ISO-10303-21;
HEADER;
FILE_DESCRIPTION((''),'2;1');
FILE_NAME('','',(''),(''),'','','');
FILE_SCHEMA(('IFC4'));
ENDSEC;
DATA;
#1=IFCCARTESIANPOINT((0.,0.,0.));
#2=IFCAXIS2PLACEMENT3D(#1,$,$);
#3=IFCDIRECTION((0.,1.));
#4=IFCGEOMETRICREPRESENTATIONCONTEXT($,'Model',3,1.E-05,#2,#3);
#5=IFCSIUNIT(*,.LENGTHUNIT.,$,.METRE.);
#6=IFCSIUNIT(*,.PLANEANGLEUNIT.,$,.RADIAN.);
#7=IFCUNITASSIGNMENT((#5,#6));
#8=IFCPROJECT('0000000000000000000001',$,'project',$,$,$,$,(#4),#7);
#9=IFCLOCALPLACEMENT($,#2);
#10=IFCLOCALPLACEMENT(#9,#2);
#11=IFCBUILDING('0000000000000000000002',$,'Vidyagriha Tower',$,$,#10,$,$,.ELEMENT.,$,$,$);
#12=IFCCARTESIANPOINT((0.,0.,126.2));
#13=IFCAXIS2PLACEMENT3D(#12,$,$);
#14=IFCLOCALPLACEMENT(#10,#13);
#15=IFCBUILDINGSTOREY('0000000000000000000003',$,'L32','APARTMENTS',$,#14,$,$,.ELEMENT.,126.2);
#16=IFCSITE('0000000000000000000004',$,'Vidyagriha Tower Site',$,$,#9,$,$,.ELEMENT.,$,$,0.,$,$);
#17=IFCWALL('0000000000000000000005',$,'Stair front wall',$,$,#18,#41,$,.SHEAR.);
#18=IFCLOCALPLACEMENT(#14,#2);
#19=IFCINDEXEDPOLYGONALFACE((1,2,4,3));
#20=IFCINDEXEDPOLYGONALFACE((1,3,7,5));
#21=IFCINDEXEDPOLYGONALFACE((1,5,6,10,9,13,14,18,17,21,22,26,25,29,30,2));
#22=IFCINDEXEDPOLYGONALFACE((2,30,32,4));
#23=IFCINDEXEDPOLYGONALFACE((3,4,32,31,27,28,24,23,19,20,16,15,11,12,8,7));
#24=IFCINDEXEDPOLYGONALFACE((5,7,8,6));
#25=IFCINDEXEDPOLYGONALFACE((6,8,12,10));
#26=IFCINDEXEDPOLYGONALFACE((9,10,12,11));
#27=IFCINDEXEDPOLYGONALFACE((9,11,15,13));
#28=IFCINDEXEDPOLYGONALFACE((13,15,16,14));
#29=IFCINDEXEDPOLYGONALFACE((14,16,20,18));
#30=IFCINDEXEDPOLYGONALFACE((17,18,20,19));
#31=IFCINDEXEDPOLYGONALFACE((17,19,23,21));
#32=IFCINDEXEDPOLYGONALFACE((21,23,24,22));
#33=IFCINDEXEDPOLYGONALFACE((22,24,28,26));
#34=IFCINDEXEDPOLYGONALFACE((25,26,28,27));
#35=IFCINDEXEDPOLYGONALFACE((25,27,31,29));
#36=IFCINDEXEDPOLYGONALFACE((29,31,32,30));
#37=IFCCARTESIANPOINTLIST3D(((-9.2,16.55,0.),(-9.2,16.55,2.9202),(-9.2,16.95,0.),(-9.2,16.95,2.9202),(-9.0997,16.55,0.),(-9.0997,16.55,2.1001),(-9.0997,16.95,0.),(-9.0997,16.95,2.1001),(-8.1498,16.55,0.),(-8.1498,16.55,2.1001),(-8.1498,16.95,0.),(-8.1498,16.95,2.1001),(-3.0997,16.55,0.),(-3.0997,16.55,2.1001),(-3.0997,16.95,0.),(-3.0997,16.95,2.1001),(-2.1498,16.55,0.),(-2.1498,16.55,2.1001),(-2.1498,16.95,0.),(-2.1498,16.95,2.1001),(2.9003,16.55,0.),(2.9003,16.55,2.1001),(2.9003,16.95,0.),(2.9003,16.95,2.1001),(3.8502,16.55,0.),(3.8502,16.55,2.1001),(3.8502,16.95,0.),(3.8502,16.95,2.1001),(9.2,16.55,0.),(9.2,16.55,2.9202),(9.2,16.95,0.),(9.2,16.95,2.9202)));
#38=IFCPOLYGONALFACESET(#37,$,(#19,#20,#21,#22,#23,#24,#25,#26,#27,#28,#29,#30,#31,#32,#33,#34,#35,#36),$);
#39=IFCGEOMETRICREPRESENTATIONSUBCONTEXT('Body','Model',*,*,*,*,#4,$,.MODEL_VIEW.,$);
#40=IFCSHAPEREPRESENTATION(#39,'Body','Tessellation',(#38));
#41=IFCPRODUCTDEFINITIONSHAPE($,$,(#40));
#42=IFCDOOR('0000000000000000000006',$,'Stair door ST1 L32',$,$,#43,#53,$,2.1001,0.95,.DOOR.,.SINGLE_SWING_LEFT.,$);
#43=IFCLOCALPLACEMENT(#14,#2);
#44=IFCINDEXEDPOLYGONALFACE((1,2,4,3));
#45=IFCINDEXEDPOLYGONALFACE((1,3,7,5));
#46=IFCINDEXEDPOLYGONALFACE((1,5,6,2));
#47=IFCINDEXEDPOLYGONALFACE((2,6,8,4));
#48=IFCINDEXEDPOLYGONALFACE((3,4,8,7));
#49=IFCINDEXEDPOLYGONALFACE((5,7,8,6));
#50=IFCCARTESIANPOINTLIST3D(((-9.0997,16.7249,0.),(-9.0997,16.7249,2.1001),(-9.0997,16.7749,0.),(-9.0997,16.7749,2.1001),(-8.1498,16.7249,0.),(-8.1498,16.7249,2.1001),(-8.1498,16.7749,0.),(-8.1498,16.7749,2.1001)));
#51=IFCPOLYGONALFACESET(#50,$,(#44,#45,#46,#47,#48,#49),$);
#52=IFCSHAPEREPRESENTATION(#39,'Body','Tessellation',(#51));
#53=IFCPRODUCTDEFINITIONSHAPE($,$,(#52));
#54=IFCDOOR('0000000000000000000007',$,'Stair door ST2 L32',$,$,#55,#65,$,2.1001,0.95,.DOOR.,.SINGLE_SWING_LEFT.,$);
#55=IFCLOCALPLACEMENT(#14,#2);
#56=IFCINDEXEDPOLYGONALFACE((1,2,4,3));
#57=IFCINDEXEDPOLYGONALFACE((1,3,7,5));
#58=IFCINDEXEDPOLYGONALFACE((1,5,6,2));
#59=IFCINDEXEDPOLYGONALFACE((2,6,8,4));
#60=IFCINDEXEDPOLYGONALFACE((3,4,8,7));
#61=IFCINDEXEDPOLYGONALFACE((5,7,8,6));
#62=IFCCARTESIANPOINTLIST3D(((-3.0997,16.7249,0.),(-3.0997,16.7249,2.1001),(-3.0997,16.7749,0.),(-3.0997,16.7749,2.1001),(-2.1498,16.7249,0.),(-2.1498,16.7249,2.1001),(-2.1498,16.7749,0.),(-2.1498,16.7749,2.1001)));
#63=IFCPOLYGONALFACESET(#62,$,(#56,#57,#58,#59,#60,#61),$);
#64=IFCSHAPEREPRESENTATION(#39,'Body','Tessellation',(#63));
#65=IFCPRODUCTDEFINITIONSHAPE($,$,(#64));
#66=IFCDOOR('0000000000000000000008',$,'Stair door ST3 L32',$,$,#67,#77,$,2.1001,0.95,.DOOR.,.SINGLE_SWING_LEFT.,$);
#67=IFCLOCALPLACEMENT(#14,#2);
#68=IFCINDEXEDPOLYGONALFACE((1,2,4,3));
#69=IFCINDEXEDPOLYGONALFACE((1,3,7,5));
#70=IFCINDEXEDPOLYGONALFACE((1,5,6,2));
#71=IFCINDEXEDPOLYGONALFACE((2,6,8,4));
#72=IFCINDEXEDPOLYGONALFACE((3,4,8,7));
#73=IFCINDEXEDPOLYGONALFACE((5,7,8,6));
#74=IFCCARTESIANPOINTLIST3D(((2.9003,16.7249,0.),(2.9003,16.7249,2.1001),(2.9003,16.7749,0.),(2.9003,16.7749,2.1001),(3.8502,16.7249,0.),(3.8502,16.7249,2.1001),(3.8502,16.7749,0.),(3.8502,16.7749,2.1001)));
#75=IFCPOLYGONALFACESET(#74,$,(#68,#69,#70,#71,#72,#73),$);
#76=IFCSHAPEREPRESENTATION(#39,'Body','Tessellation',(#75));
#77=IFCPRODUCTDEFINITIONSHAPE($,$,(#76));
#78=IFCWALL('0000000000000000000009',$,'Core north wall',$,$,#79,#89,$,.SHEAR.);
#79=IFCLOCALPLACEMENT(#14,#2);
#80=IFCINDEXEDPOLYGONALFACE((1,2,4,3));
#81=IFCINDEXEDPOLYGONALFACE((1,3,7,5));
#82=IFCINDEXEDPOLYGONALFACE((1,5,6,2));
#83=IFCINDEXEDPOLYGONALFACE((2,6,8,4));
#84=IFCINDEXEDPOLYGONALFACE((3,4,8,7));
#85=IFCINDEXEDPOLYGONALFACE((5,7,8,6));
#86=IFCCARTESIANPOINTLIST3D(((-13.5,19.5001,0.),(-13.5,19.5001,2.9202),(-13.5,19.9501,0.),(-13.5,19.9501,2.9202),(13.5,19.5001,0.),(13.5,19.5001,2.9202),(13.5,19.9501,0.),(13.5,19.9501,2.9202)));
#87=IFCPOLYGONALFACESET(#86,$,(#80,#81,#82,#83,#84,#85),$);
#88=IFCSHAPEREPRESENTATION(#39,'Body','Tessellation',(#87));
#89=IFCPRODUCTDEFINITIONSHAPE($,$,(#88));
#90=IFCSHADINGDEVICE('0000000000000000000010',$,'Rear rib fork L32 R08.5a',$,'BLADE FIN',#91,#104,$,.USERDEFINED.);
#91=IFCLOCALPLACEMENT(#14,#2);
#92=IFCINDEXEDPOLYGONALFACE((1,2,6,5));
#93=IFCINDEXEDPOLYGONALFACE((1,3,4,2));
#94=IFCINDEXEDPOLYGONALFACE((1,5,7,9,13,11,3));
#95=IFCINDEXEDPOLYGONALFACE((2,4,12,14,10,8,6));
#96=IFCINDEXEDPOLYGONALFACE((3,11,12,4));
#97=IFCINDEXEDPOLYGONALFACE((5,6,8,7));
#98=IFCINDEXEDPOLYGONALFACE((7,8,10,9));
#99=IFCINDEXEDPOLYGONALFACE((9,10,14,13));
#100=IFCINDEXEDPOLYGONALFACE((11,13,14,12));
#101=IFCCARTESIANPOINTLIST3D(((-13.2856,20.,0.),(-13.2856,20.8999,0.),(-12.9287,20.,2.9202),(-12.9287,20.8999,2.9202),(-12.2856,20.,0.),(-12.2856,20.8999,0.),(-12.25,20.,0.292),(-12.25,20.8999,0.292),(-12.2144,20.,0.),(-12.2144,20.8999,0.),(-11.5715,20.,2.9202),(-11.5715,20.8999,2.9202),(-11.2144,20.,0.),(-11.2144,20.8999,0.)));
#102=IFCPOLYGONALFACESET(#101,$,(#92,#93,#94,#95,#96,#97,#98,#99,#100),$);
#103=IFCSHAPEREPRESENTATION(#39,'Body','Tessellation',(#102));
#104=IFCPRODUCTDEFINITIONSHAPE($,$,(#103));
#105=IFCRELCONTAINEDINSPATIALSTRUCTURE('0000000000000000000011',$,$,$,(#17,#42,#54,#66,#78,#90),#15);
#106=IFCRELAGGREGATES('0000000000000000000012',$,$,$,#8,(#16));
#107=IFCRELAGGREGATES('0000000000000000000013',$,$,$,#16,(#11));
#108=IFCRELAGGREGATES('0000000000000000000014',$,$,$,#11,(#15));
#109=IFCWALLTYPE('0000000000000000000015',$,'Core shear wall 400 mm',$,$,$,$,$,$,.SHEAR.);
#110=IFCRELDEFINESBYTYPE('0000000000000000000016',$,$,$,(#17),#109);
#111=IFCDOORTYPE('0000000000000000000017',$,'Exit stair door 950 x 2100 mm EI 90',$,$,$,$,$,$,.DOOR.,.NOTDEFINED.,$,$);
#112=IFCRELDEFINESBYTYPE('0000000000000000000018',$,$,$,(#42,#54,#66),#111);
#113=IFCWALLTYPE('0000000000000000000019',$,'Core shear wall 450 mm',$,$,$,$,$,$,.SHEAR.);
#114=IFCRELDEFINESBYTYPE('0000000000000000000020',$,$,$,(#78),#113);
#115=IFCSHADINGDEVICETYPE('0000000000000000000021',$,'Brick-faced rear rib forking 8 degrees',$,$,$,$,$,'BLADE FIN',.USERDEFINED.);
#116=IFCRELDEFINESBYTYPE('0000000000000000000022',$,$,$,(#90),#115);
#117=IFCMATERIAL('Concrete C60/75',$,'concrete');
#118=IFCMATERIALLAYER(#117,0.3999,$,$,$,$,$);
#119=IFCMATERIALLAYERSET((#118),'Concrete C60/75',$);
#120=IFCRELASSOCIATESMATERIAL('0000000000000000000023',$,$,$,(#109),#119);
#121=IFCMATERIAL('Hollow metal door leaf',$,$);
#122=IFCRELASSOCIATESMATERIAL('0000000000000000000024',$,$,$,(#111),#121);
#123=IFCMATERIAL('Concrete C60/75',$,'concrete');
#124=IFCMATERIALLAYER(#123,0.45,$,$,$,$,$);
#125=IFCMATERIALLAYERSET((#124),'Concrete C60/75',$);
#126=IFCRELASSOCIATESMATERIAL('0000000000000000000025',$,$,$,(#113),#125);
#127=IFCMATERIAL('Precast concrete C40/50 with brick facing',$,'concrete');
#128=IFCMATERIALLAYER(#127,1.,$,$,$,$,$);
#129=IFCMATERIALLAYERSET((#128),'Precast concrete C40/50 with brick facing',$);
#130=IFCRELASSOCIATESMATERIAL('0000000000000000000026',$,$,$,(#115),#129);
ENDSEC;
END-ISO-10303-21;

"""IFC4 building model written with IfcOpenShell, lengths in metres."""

from ifc_helpers import new_model, si_unit, direction, frame, frame_2d, origin, place, context, subcontext, project, spatial, polyline, rectangle, outline, extrude, material, layer, layer_set, type_object, element, fill, save


model = new_model("IFC4")

# Units and contexts
model_context = context("Model", 3, precision=1e-05, world=origin(), true_north=direction((0.0, 1.0)))
body_context = subcontext(model_context, "Body", "Model", "MODEL_VIEW")
ifc_project = project(units=[si_unit("LENGTHUNIT", "METRE"), si_unit("PLANEANGLEUNIT", "RADIAN")], contexts=[model_context])

# Site, building, storey
site_placement = place(None, origin())
site = spatial("IfcSite", under=ifc_project, at=site_placement, Name="Vidyagriha Tower Site", CompositionType="ELEMENT", RefElevation=0.0)
building_placement = place(site_placement, origin())
building = spatial("IfcBuilding", under=site, at=building_placement, Name="Vidyagriha Tower", CompositionType="ELEMENT")
storey_placement = place(building_placement, frame((0.0, 0.0, 126.2)))
storey = spatial("IfcBuildingStorey", under=building, at=storey_placement, Name="L32", Description="APARTMENTS", CompositionType="ELEMENT", Elevation=126.2)

# Wall, openings, doors
ifc_material_1 = material(Name="Concrete C60/75", Category="concrete")
ifc_layer_1 = layer(ifc_material_1, 0.3999)
ifc_layer_set_1 = layer_set([ifc_layer_1], Name="Concrete C60/75")
wall_type_1 = type_object("IfcWallType", Name="Core shear wall 400 mm", PredefinedType="SHEAR", material=ifc_layer_set_1)
wall_1_placement = place(storey_placement, frame((-9.2, 16.75, 0.0)))
wall_1 = element("IfcWall", 1, at=wall_1_placement, inside=storey, type_object=wall_type_1, Name="Stair front wall", PredefinedType="SHEAR", context=body_context, shape_type="SweptSolid", body=[
    extrude(rectangle(XDim=18.3999, YDim=0.3999, at=frame_2d((9.2, 0.0))), origin(), (0.0, 0.0, 1.0), 2.9202),
])
opening_1_placement = place(wall_1_placement, frame((0.1001, 0.0, 0.0)))
opening_1 = element("IfcOpeningElement", 2, at=opening_1_placement, cuts=wall_1, PredefinedType="OPENING", context=body_context, shape_type="SweptSolid", body=[
    extrude(rectangle(XDim=0.95, YDim=2.1001, at=frame_2d((0.4751, 1.05))), frame((0.0, 0.21, 0.0), z_axis=(0.0, -1.0, 0.0), x_axis=(1.0, 0.0, 0.0)), (0.0, 0.0, 1.0), 0.4199),
])
opening_2_placement = place(wall_1_placement, frame((6.1001, 0.0, 0.0)))
opening_2 = element("IfcOpeningElement", 3, at=opening_2_placement, cuts=wall_1, PredefinedType="OPENING", context=body_context, shape_type="SweptSolid", body=[
    extrude(rectangle(XDim=0.95, YDim=2.1001, at=frame_2d((0.4751, 1.05))), frame((0.0, 0.21, 0.0), z_axis=(0.0, -1.0, 0.0), x_axis=(1.0, 0.0, 0.0)), (0.0, 0.0, 1.0), 0.4199),
])
opening_3_placement = place(wall_1_placement, frame((12.1001, 0.0, 0.0)))
opening_3 = element("IfcOpeningElement", 4, at=opening_3_placement, cuts=wall_1, PredefinedType="OPENING", context=body_context, shape_type="SweptSolid", body=[
    extrude(rectangle(XDim=0.95, YDim=2.1001, at=frame_2d((0.4751, 1.05))), frame((0.0, 0.21, 0.0), z_axis=(0.0, -1.0, 0.0), x_axis=(1.0, 0.0, 0.0)), (0.0, 0.0, 1.0), 0.4199),
])
ifc_material_2 = material(Name="Hollow metal door leaf")
door_type = type_object("IfcDoorType", Name="Exit stair door 950 x 2100 mm EI 90", OperationType="NOTDEFINED", PredefinedType="DOOR", material=ifc_material_2)
door_1_placement = place(opening_1_placement, origin())
door_1 = element("IfcDoor", 5, at=door_1_placement, inside=storey, type_object=door_type, Name="Stair door ST1 L32", OperationType="SINGLE_SWING_LEFT", OverallHeight=2.1001, OverallWidth=0.95, PredefinedType="DOOR", context=body_context, shape_type="SweptSolid", body=[
    extrude(rectangle(XDim=0.95, YDim=2.1001, at=frame_2d((0.4751, 1.05))), frame((0.0, 0.0249, 0.0), z_axis=(0.0, -1.0, 0.0), x_axis=(1.0, 0.0, 0.0)), (0.0, 0.0, 1.0), 0.05),
])
fill(opening_1, door_1)
door_2_placement = place(opening_2_placement, origin())
door_2 = element("IfcDoor", 6, at=door_2_placement, inside=storey, type_object=door_type, Name="Stair door ST2 L32", OperationType="SINGLE_SWING_LEFT", OverallHeight=2.1001, OverallWidth=0.95, PredefinedType="DOOR", context=body_context, shape_type="SweptSolid", body=[
    extrude(rectangle(XDim=0.95, YDim=2.1001, at=frame_2d((0.4751, 1.05))), frame((0.0, 0.0249, 0.0), z_axis=(0.0, -1.0, 0.0), x_axis=(1.0, 0.0, 0.0)), (0.0, 0.0, 1.0), 0.05),
])
fill(opening_2, door_2)
door_3_placement = place(opening_3_placement, origin())
door_3 = element("IfcDoor", 7, at=door_3_placement, inside=storey, type_object=door_type, Name="Stair door ST3 L32", OperationType="SINGLE_SWING_LEFT", OverallHeight=2.1001, OverallWidth=0.95, PredefinedType="DOOR", context=body_context, shape_type="SweptSolid", body=[
    extrude(rectangle(XDim=0.95, YDim=2.1001, at=frame_2d((0.4751, 1.05))), frame((0.0, 0.0249, 0.0), z_axis=(0.0, -1.0, 0.0), x_axis=(1.0, 0.0, 0.0)), (0.0, 0.0, 1.0), 0.05),
])
fill(opening_3, door_3)

# Wall
ifc_material_3 = material(Name="Concrete C60/75", Category="concrete")
ifc_layer_2 = layer(ifc_material_3, 0.45)
ifc_layer_set_2 = layer_set([ifc_layer_2], Name="Concrete C60/75")
wall_type_2 = type_object("IfcWallType", Name="Core shear wall 450 mm", PredefinedType="SHEAR", material=ifc_layer_set_2)
wall_2_placement = place(storey_placement, frame((-13.5, 19.7251, 0.0)))
element("IfcWall", 8, at=wall_2_placement, inside=storey, type_object=wall_type_2, Name="Core north wall", PredefinedType="SHEAR", context=body_context, shape_type="SweptSolid", body=[
    extrude(rectangle(XDim=27.0, YDim=0.45, at=frame_2d((13.5, 0.0))), origin(), (0.0, 0.0, 1.0), 2.9202),
])

# Shading device
ifc_material_4 = material(Name="Precast concrete C40/50 with brick facing", Category="concrete")
ifc_layer_3 = layer(ifc_material_4, 1.0)
ifc_layer_set_3 = layer_set([ifc_layer_3], Name="Precast concrete C40/50 with brick facing")
shading_device_type = type_object("IfcShadingDeviceType", Name="Brick-faced rear rib forking 8 degrees", ElementType="BLADE FIN", PredefinedType="USERDEFINED", material=ifc_layer_set_3)
shading_device_placement = place(storey_placement, frame((-11.2144, 20.45, 0.0), z_axis=(0.0, 0.0, 1.0), x_axis=(-1.0, 0.0, 0.0)))
element("IfcShadingDevice", 9, at=shading_device_placement, inside=storey, type_object=shading_device_type, Name="Rear rib fork L32 R08.5a", ObjectType="BLADE FIN", PredefinedType="USERDEFINED", context=body_context, shape_type="SweptSolid", body=[
    extrude(outline(polyline([(1.0, 0.0), (1.0356, 0.292), (1.0713, 0.0), (2.0713, 0.0), (1.7144, 2.9202), (0.3572, 2.9202), (0.0, 0.0), (1.0, 0.0)])), frame((0.0, 0.45, 0.0), z_axis=(0.0, -1.0, 0.0), x_axis=(1.0, 0.0, 0.0)), (0.0, 0.0, 1.0), 0.8999),
])

save(model, "model.ifc")
